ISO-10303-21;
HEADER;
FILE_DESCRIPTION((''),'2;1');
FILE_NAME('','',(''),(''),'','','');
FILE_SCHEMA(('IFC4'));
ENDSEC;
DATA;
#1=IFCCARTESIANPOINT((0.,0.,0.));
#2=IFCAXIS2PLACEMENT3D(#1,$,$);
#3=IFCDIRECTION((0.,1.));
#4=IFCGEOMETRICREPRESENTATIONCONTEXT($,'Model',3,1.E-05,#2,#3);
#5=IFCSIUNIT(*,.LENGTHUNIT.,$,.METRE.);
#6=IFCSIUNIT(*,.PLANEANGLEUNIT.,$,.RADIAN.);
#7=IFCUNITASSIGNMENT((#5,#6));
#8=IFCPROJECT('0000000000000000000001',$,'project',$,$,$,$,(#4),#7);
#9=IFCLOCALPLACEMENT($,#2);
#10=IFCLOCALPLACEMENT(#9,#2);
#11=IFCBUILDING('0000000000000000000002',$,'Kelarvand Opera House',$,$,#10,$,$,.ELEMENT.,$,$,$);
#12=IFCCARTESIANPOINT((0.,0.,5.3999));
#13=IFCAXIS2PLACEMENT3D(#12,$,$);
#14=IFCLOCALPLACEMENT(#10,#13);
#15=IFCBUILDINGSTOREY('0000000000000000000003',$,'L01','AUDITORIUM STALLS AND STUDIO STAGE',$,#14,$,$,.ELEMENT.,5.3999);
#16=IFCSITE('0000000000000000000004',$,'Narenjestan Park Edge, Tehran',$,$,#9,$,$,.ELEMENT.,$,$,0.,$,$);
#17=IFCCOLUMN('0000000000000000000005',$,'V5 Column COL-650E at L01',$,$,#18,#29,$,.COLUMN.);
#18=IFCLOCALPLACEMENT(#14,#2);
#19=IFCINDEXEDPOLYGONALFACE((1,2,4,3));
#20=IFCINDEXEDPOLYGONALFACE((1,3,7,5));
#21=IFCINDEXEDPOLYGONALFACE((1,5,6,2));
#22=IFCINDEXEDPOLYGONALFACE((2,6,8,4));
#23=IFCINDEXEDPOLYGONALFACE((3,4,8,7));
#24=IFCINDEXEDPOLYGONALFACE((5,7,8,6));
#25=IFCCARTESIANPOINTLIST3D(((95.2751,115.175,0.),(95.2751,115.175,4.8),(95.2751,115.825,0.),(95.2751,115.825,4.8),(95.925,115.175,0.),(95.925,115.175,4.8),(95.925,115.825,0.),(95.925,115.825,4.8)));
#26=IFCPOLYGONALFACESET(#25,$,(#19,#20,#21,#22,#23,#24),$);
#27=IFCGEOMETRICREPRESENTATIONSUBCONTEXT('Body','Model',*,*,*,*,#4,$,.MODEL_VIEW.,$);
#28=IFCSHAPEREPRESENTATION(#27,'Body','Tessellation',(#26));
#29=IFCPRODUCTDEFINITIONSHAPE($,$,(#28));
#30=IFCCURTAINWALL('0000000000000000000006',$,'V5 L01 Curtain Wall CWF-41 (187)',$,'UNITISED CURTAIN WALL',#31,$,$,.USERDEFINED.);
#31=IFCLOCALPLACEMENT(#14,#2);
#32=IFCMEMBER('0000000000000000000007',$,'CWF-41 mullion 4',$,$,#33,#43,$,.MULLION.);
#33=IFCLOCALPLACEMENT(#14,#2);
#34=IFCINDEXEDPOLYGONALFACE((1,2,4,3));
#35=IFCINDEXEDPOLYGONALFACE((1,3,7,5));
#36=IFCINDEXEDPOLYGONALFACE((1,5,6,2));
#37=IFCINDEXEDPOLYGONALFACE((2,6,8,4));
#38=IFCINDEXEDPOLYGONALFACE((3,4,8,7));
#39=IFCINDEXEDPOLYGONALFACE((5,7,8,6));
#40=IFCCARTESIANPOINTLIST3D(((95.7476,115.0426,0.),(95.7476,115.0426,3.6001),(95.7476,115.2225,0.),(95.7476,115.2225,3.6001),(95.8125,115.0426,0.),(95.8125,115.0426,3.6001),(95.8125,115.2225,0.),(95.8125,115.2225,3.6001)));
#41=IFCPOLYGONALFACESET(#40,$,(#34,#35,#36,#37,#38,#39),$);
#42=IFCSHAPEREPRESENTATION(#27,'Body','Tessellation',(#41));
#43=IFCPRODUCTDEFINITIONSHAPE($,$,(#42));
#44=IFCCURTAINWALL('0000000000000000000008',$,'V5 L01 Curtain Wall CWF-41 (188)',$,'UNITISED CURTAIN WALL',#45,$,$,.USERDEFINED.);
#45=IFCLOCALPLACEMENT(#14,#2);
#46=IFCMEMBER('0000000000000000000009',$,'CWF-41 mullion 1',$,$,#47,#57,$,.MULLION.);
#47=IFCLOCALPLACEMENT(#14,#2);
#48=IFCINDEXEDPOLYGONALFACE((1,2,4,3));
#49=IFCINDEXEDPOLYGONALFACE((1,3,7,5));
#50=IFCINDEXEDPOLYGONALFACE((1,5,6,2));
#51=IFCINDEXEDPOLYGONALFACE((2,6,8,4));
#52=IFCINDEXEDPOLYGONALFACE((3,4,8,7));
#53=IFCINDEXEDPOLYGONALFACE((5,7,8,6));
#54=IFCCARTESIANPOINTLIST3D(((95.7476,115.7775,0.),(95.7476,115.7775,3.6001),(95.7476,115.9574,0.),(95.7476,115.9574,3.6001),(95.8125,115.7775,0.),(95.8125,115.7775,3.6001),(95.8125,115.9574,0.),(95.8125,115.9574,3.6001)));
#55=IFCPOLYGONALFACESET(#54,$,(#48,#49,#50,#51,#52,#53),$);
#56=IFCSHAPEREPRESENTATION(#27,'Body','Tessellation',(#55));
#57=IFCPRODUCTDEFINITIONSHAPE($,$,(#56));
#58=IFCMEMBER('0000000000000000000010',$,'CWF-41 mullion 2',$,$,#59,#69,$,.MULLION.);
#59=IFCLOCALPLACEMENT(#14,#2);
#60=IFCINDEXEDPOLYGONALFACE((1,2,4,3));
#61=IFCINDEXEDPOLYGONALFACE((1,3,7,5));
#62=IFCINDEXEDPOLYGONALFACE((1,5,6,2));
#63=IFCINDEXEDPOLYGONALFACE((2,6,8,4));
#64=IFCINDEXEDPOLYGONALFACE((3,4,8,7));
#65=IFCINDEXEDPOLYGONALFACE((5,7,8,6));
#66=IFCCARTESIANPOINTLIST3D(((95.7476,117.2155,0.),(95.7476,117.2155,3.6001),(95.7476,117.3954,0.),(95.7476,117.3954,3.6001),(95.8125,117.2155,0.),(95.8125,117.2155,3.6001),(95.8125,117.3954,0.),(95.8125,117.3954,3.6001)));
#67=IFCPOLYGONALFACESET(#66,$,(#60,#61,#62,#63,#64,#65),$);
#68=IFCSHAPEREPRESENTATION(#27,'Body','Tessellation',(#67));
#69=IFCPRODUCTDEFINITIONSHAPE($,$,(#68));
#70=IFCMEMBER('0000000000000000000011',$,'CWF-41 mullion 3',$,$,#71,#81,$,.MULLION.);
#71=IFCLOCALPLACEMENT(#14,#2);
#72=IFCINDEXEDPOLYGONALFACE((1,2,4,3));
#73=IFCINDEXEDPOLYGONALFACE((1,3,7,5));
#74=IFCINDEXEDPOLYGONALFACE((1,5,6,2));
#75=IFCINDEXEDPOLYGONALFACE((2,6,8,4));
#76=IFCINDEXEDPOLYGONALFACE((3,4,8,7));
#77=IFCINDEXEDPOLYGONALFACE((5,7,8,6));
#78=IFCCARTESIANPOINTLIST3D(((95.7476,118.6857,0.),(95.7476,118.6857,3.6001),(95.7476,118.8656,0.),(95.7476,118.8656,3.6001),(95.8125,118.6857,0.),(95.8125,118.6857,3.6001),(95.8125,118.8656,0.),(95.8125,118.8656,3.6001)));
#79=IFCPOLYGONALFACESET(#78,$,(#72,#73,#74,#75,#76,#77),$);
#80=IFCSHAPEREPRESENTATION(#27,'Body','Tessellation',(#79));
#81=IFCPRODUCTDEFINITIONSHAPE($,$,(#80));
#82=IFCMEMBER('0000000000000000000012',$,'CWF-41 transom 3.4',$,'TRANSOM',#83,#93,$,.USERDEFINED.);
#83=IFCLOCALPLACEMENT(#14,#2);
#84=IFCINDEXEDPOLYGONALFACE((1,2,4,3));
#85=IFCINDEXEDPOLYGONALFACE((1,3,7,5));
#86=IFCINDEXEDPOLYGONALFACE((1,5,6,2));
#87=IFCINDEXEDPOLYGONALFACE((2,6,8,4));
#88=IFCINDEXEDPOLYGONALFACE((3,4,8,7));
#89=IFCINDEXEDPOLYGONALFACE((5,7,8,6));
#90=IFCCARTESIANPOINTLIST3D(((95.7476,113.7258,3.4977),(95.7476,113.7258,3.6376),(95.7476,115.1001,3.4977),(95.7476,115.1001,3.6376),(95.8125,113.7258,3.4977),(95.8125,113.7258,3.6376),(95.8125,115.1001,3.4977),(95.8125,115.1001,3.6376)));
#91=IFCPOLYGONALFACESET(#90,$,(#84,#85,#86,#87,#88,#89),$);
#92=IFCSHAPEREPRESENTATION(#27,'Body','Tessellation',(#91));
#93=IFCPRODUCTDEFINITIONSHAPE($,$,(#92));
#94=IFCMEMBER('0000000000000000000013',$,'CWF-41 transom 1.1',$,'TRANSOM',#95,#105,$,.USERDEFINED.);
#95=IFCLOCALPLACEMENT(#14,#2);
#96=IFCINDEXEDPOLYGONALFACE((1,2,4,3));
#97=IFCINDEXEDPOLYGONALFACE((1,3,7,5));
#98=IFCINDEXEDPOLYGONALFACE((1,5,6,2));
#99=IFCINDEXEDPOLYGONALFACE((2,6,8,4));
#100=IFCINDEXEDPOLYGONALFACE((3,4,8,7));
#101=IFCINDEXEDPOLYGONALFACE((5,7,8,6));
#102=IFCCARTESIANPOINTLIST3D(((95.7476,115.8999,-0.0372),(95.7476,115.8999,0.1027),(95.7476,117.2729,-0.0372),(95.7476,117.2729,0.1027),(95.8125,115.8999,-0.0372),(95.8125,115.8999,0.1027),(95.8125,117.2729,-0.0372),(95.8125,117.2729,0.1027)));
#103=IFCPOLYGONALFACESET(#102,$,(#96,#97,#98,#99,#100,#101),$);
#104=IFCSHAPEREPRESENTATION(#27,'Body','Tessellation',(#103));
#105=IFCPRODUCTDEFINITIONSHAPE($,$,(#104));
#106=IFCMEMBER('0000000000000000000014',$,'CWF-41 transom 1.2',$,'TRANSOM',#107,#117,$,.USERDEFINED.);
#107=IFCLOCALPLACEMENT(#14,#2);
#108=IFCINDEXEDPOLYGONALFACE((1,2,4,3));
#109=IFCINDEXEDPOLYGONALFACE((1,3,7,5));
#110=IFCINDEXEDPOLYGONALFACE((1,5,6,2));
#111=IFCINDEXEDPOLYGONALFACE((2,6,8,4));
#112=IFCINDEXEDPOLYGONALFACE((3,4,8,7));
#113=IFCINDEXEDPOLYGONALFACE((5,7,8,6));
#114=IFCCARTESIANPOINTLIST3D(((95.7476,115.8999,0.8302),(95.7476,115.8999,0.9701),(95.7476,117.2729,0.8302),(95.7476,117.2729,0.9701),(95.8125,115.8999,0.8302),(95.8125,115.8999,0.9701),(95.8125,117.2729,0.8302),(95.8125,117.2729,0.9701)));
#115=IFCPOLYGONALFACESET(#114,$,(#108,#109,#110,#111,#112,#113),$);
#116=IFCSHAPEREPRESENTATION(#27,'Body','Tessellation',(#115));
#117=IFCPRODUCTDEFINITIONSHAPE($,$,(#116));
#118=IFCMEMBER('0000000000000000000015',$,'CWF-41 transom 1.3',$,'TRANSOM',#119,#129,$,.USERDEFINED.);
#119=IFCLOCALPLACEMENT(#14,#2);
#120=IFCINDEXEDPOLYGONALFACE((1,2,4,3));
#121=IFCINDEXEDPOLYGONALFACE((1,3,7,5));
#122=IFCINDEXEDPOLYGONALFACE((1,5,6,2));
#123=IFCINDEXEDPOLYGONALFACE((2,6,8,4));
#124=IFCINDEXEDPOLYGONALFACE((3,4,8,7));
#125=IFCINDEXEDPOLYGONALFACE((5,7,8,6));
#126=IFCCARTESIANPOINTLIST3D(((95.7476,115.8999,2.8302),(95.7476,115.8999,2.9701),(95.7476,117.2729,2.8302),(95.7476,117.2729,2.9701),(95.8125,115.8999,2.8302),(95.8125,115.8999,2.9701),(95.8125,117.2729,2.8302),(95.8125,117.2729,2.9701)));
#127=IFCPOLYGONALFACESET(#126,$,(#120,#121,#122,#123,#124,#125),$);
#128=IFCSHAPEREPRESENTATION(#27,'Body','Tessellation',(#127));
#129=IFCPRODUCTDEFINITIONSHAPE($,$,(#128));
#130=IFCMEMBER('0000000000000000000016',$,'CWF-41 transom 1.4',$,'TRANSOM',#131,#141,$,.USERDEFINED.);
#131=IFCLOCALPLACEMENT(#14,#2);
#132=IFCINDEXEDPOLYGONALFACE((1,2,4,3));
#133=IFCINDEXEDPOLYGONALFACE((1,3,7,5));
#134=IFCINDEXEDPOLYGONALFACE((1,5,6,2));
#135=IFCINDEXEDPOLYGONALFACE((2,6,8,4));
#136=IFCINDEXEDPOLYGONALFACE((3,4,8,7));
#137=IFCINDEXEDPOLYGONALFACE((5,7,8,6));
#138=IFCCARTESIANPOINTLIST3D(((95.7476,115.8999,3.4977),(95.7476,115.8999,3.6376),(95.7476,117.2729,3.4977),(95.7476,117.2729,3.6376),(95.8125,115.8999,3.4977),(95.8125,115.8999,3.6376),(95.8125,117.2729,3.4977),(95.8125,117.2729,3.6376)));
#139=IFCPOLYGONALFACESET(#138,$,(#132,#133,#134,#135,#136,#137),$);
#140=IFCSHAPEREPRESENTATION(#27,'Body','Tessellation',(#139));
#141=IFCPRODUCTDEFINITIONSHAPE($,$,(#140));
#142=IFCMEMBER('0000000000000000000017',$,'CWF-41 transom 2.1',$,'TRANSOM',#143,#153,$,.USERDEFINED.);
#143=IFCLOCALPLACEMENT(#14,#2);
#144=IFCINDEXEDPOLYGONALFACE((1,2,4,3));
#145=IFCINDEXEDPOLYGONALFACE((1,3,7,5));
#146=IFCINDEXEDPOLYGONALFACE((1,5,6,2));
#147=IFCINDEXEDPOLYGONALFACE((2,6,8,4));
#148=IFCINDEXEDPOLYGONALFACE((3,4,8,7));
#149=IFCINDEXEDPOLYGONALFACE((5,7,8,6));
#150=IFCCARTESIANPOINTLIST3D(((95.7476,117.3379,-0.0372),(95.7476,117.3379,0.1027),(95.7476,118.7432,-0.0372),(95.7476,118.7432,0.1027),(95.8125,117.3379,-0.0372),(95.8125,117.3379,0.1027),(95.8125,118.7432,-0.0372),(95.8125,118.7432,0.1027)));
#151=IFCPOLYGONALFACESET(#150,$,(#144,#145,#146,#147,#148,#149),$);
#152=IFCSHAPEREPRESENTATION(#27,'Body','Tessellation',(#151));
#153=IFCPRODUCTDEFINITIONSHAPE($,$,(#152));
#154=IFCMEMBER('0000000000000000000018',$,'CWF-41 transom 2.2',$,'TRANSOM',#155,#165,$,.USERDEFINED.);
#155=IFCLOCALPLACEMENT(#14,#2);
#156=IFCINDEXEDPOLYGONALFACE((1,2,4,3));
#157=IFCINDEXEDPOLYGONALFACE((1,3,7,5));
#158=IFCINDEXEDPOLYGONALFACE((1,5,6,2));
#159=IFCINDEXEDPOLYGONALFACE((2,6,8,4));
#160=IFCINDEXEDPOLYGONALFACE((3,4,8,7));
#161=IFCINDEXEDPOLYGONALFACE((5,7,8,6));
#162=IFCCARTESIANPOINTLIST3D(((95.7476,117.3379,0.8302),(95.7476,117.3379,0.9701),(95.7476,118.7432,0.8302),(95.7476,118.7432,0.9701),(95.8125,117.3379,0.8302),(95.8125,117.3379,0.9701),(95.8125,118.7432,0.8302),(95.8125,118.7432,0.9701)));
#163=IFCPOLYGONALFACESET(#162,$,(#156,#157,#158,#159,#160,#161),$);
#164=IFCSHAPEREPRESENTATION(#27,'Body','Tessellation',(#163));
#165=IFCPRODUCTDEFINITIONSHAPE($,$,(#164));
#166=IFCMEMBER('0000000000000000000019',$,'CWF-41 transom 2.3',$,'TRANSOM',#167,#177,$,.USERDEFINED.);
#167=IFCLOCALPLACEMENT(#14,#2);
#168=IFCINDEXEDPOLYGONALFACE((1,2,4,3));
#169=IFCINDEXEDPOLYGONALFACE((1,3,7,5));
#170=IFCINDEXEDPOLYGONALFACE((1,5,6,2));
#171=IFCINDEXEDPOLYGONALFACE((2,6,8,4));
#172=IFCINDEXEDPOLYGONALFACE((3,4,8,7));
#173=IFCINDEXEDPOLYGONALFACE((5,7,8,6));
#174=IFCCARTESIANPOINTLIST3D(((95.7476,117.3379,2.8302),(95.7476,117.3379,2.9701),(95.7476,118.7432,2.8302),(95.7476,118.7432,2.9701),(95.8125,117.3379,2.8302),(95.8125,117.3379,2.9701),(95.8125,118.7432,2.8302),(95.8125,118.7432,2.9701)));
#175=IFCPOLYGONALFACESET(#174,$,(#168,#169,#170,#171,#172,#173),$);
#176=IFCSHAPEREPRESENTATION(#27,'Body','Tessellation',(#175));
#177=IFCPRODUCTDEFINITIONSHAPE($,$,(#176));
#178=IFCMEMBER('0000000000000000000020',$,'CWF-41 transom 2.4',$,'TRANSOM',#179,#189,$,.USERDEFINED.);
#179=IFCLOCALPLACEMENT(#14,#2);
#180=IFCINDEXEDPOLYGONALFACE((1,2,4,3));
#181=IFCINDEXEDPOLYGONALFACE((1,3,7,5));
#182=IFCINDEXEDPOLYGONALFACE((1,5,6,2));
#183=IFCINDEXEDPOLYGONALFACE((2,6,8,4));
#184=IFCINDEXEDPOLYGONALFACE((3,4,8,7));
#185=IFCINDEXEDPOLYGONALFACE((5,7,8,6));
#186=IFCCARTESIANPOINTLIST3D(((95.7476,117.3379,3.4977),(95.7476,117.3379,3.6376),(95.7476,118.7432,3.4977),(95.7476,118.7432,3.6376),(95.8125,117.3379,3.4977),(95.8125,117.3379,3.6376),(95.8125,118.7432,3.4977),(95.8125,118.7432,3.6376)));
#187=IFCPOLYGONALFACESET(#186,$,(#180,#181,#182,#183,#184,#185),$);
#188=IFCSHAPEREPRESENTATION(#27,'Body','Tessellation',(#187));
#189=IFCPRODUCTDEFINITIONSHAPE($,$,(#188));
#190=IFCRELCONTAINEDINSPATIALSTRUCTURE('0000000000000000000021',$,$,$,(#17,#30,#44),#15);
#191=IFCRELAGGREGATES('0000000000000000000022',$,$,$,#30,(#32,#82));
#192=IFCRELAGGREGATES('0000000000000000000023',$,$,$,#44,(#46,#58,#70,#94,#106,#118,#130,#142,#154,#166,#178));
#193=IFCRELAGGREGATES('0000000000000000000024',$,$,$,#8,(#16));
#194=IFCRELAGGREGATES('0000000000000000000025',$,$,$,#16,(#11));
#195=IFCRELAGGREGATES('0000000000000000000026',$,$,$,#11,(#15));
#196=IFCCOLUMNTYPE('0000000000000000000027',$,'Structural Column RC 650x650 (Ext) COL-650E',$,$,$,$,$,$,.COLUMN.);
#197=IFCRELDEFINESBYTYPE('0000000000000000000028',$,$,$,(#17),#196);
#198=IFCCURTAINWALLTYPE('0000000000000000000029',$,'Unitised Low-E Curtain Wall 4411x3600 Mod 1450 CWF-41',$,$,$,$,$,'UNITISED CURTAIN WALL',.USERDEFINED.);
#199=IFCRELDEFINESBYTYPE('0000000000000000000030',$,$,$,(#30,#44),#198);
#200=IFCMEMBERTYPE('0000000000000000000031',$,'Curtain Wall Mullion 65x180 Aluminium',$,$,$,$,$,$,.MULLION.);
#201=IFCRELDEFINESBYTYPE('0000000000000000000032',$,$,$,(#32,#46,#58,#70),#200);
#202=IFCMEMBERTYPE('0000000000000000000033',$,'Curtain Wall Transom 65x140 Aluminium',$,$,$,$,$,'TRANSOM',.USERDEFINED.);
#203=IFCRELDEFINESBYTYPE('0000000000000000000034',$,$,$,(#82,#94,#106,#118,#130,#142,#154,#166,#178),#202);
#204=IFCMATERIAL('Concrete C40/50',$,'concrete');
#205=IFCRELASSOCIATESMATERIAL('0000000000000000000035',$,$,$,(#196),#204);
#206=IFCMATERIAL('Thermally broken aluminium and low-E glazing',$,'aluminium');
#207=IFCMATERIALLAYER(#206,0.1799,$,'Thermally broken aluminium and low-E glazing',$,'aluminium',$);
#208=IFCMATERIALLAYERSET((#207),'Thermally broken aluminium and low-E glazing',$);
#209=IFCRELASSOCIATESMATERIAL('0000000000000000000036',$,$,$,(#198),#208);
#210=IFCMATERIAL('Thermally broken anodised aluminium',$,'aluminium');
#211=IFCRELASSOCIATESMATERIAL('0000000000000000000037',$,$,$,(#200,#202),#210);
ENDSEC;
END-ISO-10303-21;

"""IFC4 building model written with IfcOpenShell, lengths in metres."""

from ifc_helpers import new_model, si_unit, direction, frame, origin, origin_2d, place, context, subcontext, project, spatial, rectangle, extrude, material, layer, layer_set, material_profile, profile_set, type_object, element, aggregate, save


model = new_model("IFC4")

# Units and contexts
model_context = context("Model", 3, precision=1e-05, world=origin(), true_north=direction((0.0, 1.0)))
body_context = subcontext(model_context, "Body", "Model", "MODEL_VIEW")
ifc_project = project(units=[si_unit("LENGTHUNIT", "METRE"), si_unit("PLANEANGLEUNIT", "RADIAN")], contexts=[model_context])

# Site, building, storey
site_placement = place(None, origin())
site = spatial("IfcSite", under=ifc_project, at=site_placement, Name="Narenjestan Park Edge, Tehran", CompositionType="ELEMENT", RefElevation=0.0)
building_placement = place(site_placement, origin())
building = spatial("IfcBuilding", under=site, at=building_placement, Name="Kelarvand Opera House", CompositionType="ELEMENT")
storey_placement = place(building_placement, frame((0.0, 0.0, 5.3999)))
storey = spatial("IfcBuildingStorey", under=building, at=storey_placement, Name="L01", Description="AUDITORIUM STALLS AND STUDIO STAGE", CompositionType="ELEMENT", Elevation=5.3999)

# Column
ifc_material_1 = material(Name="Concrete C40/50", Category="concrete")
ifc_material_profile_1 = material_profile(ifc_material_1, rectangle(XDim=0.6499, YDim=0.6499, at=origin_2d()), Name="RC 650x650", Category="concrete")
ifc_profile_set_1 = profile_set([ifc_material_profile_1], Name="Concrete C40/50")
column_type = type_object("IfcColumnType", Name="Structural Column RC 650x650 (Ext) COL-650E", PredefinedType="COLUMN", material=ifc_profile_set_1)
column_placement = place(storey_placement, frame((95.6001, 115.5, 0.0), z_axis=(0.0, 0.0, 1.0), x_axis=(1.0, 0.0, 0.0)))
element("IfcColumn", 1, at=column_placement, inside=storey, type_object=column_type, Name="V5 Column COL-650E at L01", PredefinedType="COLUMN", context=body_context, shape_type="SweptSolid", body=[
    extrude(rectangle(XDim=0.6499, YDim=0.6499, at=origin_2d()), origin(), (0.0, 0.0, 1.0), 4.8),
])

# Curtain wall, member
ifc_material_2 = material(Name="Thermally broken aluminium and low-E glazing", Category="aluminium")
ifc_layer_1 = layer(ifc_material_2, 0.1799, Name="Thermally broken aluminium and low-E glazing", Category="aluminium")
ifc_layer_set_1 = layer_set([ifc_layer_1], Name="Thermally broken aluminium and low-E glazing")
curtain_wall_type = type_object("IfcCurtainWallType", Name="Unitised Low-E Curtain Wall 4411x3600 Mod 1450 CWF-41", ElementType="UNITISED CURTAIN WALL", PredefinedType="USERDEFINED", material=ifc_layer_set_1)
curtain_wall_1_placement = place(storey_placement, origin())
curtain_wall_1 = element("IfcCurtainWall", 2, at=curtain_wall_1_placement, inside=storey, type_object=curtain_wall_type, Name="V5 L01 Curtain Wall CWF-41 (187)", ObjectType="UNITISED CURTAIN WALL", PredefinedType="USERDEFINED")
ifc_material_3 = material(Name="Thermally broken anodised aluminium", Category="aluminium")
ifc_material_profile_2 = material_profile(ifc_material_3, rectangle(XDim=0.0649, YDim=0.1799, at=origin_2d()), Name="ALU MULLION 65x180", Category="aluminium")
ifc_profile_set_2 = profile_set([ifc_material_profile_2], Name="Thermally broken anodised aluminium")
member_type_1 = type_object("IfcMemberType", Name="Curtain Wall Mullion 65x180 Aluminium", PredefinedType="MULLION", material=ifc_profile_set_2)
member_1_placement = place(storey_placement, frame((95.78, 115.1326, 0.0), z_axis=(0.0, 0.0, 1.0), x_axis=(-1.0, 0.0, 0.0)))
member_1 = element("IfcMember", 3, at=member_1_placement, type_object=member_type_1, Name="CWF-41 mullion 4", PredefinedType="MULLION", context=body_context, shape_type="SweptSolid", body=[
    extrude(rectangle(XDim=0.0649, YDim=0.1799, at=origin_2d()), origin(), (0.0, 0.0, 1.0), 3.6001),
])

# Curtain wall, members
curtain_wall_2_placement = place(storey_placement, origin())
curtain_wall_2 = element("IfcCurtainWall", 4, at=curtain_wall_2_placement, inside=storey, type_object=curtain_wall_type, Name="V5 L01 Curtain Wall CWF-41 (188)", ObjectType="UNITISED CURTAIN WALL", PredefinedType="USERDEFINED")
member_2_placement = place(storey_placement, frame((95.78, 115.8674, 0.0), z_axis=(0.0, 0.0, 1.0), x_axis=(-1.0, 0.0, 0.0)))
member_2 = element("IfcMember", 5, at=member_2_placement, type_object=member_type_1, Name="CWF-41 mullion 1", PredefinedType="MULLION", context=body_context, shape_type="SweptSolid", body=[
    extrude(rectangle(XDim=0.0649, YDim=0.1799, at=origin_2d()), origin(), (0.0, 0.0, 1.0), 3.6001),
])
member_3_placement = place(storey_placement, frame((95.78, 117.3054, 0.0), z_axis=(0.0, 0.0, 1.0), x_axis=(-1.0, 0.0, 0.0)))
member_3 = element("IfcMember", 6, at=member_3_placement, type_object=member_type_1, Name="CWF-41 mullion 2", PredefinedType="MULLION", context=body_context, shape_type="SweptSolid", body=[
    extrude(rectangle(XDim=0.0649, YDim=0.1799, at=origin_2d()), origin(), (0.0, 0.0, 1.0), 3.6001),
])
member_4_placement = place(storey_placement, frame((95.78, 118.7756, 0.0), z_axis=(0.0, 0.0, 1.0), x_axis=(-1.0, 0.0, 0.0)))
member_4 = element("IfcMember", 7, at=member_4_placement, type_object=member_type_1, Name="CWF-41 mullion 3", PredefinedType="MULLION", context=body_context, shape_type="SweptSolid", body=[
    extrude(rectangle(XDim=0.0649, YDim=0.1799, at=origin_2d()), origin(), (0.0, 0.0, 1.0), 3.6001),
])

# Members
ifc_material_profile_3 = material_profile(ifc_material_3, rectangle(XDim=0.0649, YDim=0.1399, at=origin_2d()), Name="ALU TRANSOM 65x140", Category="aluminium")
ifc_profile_set_3 = profile_set([ifc_material_profile_3], Name="Thermally broken anodised aluminium")
member_type_2 = type_object("IfcMemberType", Name="Curtain Wall Transom 65x140 Aluminium", ElementType="TRANSOM", PredefinedType="USERDEFINED", material=ifc_profile_set_3)
member_5_placement = place(storey_placement, frame((95.78, 113.7258, 3.5676), z_axis=(0.0, 1.0, 0.0), x_axis=(-1.0, 0.0, 0.0)))
member_5 = element("IfcMember", 8, at=member_5_placement, type_object=member_type_2, Name="CWF-41 transom 3.4", ObjectType="TRANSOM", PredefinedType="USERDEFINED", context=body_context, shape_type="SweptSolid", body=[
    extrude(rectangle(XDim=0.0649, YDim=0.1399, at=origin_2d()), origin(), (0.0, 0.0, 1.0), 1.3743),
])
member_6_placement = place(storey_placement, frame((95.78, 115.8999, 0.0327), z_axis=(0.0, 1.0, 0.0), x_axis=(-1.0, 0.0, 0.0)))
member_6 = element("IfcMember", 9, at=member_6_placement, type_object=member_type_2, Name="CWF-41 transom 1.1", ObjectType="TRANSOM", PredefinedType="USERDEFINED", context=body_context, shape_type="SweptSolid", body=[
    extrude(rectangle(XDim=0.0649, YDim=0.1399, at=origin_2d()), origin(), (0.0, 0.0, 1.0), 1.373),
])
member_7_placement = place(storey_placement, frame((95.78, 115.8999, 0.9001), z_axis=(0.0, 1.0, 0.0), x_axis=(-1.0, 0.0, 0.0)))
member_7 = element("IfcMember", 10, at=member_7_placement, type_object=member_type_2, Name="CWF-41 transom 1.2", ObjectType="TRANSOM", PredefinedType="USERDEFINED", context=body_context, shape_type="SweptSolid", body=[
    extrude(rectangle(XDim=0.0649, YDim=0.1399, at=origin_2d()), origin(), (0.0, 0.0, 1.0), 1.373),
])
member_8_placement = place(storey_placement, frame((95.78, 115.8999, 2.9001), z_axis=(0.0, 1.0, 0.0), x_axis=(-1.0, 0.0, 0.0)))
member_8 = element("IfcMember", 11, at=member_8_placement, type_object=member_type_2, Name="CWF-41 transom 1.3", ObjectType="TRANSOM", PredefinedType="USERDEFINED", context=body_context, shape_type="SweptSolid", body=[
    extrude(rectangle(XDim=0.0649, YDim=0.1399, at=origin_2d()), origin(), (0.0, 0.0, 1.0), 1.373),
])
member_9_placement = place(storey_placement, frame((95.78, 115.8999, 3.5676), z_axis=(0.0, 1.0, 0.0), x_axis=(-1.0, 0.0, 0.0)))
member_9 = element("IfcMember", 12, at=member_9_placement, type_object=member_type_2, Name="CWF-41 transom 1.4", ObjectType="TRANSOM", PredefinedType="USERDEFINED", context=body_context, shape_type="SweptSolid", body=[
    extrude(rectangle(XDim=0.0649, YDim=0.1399, at=origin_2d()), origin(), (0.0, 0.0, 1.0), 1.373),
])
member_10_placement = place(storey_placement, frame((95.78, 117.3379, 0.0327), z_axis=(0.0, 1.0, 0.0), x_axis=(-1.0, 0.0, 0.0)))
member_10 = element("IfcMember", 13, at=member_10_placement, type_object=member_type_2, Name="CWF-41 transom 2.1", ObjectType="TRANSOM", PredefinedType="USERDEFINED", context=body_context, shape_type="SweptSolid", body=[
    extrude(rectangle(XDim=0.0649, YDim=0.1399, at=origin_2d()), origin(), (0.0, 0.0, 1.0), 1.4053),
])
member_11_placement = place(storey_placement, frame((95.78, 117.3379, 0.9001), z_axis=(0.0, 1.0, 0.0), x_axis=(-1.0, 0.0, 0.0)))
member_11 = element("IfcMember", 14, at=member_11_placement, type_object=member_type_2, Name="CWF-41 transom 2.2", ObjectType="TRANSOM", PredefinedType="USERDEFINED", context=body_context, shape_type="SweptSolid", body=[
    extrude(rectangle(XDim=0.0649, YDim=0.1399, at=origin_2d()), origin(), (0.0, 0.0, 1.0), 1.4053),
])
member_12_placement = place(storey_placement, frame((95.78, 117.3379, 2.9001), z_axis=(0.0, 1.0, 0.0), x_axis=(-1.0, 0.0, 0.0)))
member_12 = element("IfcMember", 15, at=member_12_placement, type_object=member_type_2, Name="CWF-41 transom 2.3", ObjectType="TRANSOM", PredefinedType="USERDEFINED", context=body_context, shape_type="SweptSolid", body=[
    extrude(rectangle(XDim=0.0649, YDim=0.1399, at=origin_2d()), origin(), (0.0, 0.0, 1.0), 1.4053),
])
member_13_placement = place(storey_placement, frame((95.78, 117.3379, 3.5676), z_axis=(0.0, 1.0, 0.0), x_axis=(-1.0, 0.0, 0.0)))
member_13 = element("IfcMember", 16, at=member_13_placement, type_object=member_type_2, Name="CWF-41 transom 2.4", ObjectType="TRANSOM", PredefinedType="USERDEFINED", context=body_context, shape_type="SweptSolid", body=[
    extrude(rectangle(XDim=0.0649, YDim=0.1399, at=origin_2d()), origin(), (0.0, 0.0, 1.0), 1.4053),
])

aggregate(curtain_wall_1, [member_1, member_5])
aggregate(curtain_wall_2, [member_2, member_3, member_4, member_6, member_7, member_8, member_9, member_10, member_11, member_12, member_13])

save(model, "model.ifc")
